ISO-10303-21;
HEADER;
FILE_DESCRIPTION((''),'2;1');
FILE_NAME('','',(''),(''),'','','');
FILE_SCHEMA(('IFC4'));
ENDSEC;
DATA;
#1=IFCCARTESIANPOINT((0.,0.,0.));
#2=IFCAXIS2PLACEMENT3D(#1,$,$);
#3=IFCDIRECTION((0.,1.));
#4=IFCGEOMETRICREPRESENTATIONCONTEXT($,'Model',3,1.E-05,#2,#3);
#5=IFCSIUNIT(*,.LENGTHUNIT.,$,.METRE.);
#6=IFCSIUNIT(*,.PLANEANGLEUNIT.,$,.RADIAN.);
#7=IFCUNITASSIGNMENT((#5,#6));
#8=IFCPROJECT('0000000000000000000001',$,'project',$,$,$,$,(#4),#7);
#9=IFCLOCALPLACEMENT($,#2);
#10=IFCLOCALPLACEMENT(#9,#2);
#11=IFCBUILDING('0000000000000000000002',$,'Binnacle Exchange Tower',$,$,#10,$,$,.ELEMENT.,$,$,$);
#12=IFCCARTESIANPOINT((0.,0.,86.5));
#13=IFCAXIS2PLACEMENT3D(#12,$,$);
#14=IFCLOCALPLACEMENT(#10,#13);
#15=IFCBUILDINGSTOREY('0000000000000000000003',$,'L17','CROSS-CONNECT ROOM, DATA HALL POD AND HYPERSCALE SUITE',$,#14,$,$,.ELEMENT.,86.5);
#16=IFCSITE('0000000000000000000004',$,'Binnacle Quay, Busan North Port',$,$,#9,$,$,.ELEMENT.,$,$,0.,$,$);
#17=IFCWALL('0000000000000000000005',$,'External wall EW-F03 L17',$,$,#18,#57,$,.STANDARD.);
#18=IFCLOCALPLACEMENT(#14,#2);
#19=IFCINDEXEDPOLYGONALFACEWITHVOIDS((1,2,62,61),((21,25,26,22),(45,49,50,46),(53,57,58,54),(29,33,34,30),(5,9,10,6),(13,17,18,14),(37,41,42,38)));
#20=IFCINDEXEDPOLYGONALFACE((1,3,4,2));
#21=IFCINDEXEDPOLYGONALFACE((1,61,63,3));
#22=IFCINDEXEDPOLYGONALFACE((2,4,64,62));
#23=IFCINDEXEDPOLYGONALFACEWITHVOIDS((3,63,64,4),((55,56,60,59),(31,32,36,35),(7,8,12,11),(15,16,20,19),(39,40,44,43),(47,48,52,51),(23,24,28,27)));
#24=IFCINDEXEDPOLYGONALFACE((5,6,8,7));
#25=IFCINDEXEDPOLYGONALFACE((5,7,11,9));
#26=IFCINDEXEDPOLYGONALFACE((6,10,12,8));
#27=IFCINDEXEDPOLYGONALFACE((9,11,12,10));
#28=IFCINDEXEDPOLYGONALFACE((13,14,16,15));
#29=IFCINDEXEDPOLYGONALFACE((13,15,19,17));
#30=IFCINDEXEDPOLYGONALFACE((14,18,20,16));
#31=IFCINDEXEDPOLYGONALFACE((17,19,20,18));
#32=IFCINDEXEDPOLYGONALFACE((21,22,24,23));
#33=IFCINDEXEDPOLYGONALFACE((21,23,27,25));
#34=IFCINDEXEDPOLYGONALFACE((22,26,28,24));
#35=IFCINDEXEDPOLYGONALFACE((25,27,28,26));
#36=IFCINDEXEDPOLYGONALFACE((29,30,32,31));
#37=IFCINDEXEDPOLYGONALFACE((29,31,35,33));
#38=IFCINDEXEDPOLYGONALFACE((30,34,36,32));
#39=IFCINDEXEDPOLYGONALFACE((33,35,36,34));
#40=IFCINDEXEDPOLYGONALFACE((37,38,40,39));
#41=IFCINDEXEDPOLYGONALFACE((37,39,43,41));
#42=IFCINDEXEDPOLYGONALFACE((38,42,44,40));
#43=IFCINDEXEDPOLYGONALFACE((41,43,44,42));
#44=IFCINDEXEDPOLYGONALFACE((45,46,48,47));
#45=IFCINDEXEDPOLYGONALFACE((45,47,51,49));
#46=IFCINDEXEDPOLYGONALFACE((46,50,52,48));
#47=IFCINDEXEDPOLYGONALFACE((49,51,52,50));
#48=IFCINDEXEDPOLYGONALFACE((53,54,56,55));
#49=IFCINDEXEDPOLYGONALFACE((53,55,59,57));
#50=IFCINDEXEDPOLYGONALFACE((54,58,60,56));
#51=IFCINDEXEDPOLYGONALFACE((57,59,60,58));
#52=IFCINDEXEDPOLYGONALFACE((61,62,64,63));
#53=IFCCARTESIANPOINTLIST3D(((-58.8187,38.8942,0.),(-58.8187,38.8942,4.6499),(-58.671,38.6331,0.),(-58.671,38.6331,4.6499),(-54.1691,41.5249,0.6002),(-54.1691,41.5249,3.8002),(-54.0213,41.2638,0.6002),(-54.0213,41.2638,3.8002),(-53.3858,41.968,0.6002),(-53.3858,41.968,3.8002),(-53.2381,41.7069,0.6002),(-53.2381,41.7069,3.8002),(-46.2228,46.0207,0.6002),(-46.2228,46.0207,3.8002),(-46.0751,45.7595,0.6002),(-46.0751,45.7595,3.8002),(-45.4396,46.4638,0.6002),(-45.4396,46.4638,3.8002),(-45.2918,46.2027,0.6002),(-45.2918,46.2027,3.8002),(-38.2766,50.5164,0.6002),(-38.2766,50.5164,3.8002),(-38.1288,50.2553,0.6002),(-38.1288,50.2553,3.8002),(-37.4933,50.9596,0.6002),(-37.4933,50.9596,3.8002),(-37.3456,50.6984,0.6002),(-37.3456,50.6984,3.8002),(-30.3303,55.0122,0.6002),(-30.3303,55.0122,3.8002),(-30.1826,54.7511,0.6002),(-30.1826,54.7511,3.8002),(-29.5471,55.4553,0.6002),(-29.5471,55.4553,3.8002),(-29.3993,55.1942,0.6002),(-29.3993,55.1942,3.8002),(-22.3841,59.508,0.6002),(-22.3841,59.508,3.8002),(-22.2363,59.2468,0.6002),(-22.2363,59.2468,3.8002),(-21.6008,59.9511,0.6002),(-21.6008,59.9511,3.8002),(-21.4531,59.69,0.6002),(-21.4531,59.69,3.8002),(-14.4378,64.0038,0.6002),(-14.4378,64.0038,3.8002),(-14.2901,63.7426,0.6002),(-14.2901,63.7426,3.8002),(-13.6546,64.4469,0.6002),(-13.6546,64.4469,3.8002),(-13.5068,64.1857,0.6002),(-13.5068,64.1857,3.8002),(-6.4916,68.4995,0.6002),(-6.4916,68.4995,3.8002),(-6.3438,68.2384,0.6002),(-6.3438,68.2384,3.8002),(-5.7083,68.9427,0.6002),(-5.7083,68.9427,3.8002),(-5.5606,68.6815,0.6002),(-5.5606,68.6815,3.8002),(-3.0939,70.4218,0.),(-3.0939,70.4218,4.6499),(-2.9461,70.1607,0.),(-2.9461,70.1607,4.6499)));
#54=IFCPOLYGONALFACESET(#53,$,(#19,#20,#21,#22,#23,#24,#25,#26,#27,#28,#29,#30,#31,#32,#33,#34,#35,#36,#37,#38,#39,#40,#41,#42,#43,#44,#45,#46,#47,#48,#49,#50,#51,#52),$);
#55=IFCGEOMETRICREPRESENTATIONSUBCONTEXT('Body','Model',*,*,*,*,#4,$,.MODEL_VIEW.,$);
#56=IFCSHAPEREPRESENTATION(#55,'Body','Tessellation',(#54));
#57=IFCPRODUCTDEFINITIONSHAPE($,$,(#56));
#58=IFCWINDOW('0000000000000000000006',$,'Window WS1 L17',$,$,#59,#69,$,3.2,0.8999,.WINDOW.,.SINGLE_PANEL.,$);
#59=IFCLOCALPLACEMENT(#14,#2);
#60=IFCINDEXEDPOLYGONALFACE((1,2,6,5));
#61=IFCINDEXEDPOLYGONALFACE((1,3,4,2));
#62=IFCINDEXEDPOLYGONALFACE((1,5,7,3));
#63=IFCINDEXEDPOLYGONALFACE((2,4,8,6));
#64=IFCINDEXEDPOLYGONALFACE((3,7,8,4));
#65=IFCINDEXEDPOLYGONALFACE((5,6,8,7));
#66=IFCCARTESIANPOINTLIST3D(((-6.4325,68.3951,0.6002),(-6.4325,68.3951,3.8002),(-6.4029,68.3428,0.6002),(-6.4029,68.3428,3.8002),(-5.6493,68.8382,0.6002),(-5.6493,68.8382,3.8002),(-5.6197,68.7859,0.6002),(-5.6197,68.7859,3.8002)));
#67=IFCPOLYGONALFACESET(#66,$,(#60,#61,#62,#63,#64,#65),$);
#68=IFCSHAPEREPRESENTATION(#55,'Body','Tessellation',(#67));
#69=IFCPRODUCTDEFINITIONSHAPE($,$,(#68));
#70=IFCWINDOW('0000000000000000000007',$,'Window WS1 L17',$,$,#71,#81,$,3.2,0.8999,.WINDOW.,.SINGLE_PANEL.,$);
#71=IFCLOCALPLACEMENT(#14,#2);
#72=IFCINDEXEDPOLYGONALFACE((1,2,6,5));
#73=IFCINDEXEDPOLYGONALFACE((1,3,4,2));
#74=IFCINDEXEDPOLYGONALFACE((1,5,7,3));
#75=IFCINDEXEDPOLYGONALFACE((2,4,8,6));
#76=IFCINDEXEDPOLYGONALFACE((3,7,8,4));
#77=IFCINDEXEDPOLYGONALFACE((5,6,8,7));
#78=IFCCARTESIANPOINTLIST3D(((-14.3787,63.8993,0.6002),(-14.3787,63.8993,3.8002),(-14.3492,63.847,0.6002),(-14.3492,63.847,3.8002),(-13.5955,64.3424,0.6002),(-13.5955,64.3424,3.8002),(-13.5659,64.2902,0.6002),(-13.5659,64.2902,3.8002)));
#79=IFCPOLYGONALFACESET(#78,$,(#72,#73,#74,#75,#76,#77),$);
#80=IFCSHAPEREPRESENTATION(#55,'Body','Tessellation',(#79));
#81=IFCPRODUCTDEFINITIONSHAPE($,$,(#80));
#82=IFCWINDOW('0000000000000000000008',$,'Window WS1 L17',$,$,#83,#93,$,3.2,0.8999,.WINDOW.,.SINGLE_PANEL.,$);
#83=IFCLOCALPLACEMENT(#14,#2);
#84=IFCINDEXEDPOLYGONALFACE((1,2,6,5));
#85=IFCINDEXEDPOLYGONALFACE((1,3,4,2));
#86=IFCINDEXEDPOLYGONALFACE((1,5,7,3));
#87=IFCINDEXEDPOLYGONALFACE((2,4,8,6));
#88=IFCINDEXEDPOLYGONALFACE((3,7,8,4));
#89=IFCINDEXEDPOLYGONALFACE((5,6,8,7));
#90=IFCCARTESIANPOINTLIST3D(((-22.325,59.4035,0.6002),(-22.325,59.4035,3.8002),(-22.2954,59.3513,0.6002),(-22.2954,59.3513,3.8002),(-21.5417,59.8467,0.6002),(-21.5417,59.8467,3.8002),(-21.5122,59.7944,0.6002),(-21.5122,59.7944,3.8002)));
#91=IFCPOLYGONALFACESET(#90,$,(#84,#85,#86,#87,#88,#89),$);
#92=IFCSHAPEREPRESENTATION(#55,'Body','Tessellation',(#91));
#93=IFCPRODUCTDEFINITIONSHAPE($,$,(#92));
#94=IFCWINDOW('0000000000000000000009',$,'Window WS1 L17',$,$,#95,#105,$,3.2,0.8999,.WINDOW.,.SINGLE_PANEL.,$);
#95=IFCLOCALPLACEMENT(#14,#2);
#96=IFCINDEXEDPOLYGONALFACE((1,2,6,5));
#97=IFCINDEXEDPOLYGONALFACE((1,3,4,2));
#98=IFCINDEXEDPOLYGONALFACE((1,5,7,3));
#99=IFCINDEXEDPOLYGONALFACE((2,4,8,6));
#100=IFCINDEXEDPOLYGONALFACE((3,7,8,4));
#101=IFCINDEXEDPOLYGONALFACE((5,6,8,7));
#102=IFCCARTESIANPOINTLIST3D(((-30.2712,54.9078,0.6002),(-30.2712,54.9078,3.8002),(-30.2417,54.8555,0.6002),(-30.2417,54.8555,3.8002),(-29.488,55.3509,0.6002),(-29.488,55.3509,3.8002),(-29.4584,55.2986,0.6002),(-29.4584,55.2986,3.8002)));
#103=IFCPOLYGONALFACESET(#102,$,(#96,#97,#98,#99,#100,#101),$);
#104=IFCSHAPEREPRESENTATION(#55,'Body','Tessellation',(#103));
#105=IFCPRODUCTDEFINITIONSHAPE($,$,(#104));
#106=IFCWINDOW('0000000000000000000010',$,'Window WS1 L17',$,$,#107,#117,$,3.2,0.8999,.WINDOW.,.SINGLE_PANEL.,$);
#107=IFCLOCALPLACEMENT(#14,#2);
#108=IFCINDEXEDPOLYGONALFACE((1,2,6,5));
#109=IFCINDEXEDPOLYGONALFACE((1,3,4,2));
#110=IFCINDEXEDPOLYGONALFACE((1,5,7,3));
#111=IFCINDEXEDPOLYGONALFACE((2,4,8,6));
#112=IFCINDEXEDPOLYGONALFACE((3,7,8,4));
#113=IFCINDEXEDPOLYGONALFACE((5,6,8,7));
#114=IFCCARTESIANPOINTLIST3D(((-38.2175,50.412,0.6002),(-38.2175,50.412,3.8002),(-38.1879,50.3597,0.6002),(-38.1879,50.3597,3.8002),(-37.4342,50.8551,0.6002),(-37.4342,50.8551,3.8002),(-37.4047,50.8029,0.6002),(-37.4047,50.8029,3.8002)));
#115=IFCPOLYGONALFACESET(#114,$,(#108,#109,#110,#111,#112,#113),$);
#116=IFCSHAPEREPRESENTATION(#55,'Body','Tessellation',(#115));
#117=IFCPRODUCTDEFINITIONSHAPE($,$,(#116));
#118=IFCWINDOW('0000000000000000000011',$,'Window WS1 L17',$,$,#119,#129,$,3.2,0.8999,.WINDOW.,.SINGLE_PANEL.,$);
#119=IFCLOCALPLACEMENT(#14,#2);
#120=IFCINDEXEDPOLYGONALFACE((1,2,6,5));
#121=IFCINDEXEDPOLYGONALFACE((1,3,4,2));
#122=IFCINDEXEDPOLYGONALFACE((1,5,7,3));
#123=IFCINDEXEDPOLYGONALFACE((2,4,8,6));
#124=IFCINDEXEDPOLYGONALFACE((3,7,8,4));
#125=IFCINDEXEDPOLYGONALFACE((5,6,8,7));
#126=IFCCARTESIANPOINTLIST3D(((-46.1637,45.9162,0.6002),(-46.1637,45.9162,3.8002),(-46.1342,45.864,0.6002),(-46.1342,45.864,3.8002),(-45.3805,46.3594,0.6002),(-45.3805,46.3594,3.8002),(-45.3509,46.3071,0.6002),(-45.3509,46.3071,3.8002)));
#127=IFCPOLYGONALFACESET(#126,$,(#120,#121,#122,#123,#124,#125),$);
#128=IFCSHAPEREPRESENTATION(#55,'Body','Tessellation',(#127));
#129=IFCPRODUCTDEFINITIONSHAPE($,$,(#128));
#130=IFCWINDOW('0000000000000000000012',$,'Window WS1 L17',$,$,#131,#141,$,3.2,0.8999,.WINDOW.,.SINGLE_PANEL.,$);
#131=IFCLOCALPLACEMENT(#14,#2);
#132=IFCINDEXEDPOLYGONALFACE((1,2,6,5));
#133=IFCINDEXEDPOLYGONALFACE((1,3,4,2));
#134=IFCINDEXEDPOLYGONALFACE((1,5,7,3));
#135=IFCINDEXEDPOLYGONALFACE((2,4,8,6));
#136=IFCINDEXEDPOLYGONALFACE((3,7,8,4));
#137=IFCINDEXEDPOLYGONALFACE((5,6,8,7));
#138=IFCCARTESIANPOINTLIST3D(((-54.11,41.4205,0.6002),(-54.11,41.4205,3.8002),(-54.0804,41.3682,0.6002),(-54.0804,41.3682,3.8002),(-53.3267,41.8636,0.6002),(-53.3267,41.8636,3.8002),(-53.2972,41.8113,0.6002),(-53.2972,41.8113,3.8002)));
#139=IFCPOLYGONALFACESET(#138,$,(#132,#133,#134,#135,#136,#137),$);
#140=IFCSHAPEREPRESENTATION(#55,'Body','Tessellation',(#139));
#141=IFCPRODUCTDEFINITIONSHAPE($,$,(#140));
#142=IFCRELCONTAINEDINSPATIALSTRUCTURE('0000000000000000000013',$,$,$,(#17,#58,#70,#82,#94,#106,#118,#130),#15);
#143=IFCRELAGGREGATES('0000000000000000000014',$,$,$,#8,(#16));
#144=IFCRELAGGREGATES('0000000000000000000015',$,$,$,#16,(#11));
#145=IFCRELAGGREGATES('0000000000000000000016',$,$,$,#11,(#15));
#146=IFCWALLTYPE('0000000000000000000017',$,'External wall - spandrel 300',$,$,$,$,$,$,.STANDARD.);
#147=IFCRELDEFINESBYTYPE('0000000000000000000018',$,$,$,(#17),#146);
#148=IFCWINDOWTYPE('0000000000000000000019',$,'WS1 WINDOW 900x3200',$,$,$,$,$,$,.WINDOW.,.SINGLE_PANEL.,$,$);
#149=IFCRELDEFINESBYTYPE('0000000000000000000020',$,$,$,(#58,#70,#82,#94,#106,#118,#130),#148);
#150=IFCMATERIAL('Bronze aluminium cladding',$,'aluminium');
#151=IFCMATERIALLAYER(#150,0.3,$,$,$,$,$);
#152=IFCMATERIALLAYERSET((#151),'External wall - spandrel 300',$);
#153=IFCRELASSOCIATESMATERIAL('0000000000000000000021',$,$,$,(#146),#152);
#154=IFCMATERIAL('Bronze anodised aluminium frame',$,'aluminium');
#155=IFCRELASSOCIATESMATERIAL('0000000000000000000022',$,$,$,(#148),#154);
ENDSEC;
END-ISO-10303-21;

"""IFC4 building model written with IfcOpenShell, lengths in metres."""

from ifc_helpers import new_model, si_unit, direction, frame, frame_2d, origin, place, context, subcontext, project, spatial, rectangle, extrude, material, layer, layer_set, type_object, element, fill, save


model = new_model("IFC4")

# Units and contexts
model_context = context("Model", 3, precision=1e-05, world=origin(), true_north=direction((0.0, 1.0)))
body_context = subcontext(model_context, "Body", "Model", "MODEL_VIEW")
ifc_project = project(units=[si_unit("LENGTHUNIT", "METRE"), si_unit("PLANEANGLEUNIT", "RADIAN")], contexts=[model_context])

# Site, building, storey
site_placement = place(None, origin())
site = spatial("IfcSite", under=ifc_project, at=site_placement, Name="Binnacle Quay, Busan North Port", CompositionType="ELEMENT", RefElevation=0.0)
building_placement = place(site_placement, origin())
building = spatial("IfcBuilding", under=site, at=building_placement, Name="Binnacle Exchange Tower", CompositionType="ELEMENT")
storey_placement = place(building_placement, frame((0.0, 0.0, 86.5)))
storey = spatial("IfcBuildingStorey", under=building, at=storey_placement, Name="L17", Description="CROSS-CONNECT ROOM, DATA HALL POD AND HYPERSCALE SUITE", CompositionType="ELEMENT", Elevation=86.5)

# Wall, openings, windows
ifc_material_1 = material(Name="Bronze aluminium cladding", Category="aluminium")
ifc_layer_1 = layer(ifc_material_1, 0.3)
ifc_layer_set_1 = layer_set([ifc_layer_1], Name="External wall - spandrel 300")
wall_type_1 = type_object("IfcWallType", Name="External wall - spandrel 300", PredefinedType="STANDARD", material=ifc_layer_set_1)
wall_1_placement = place(storey_placement, frame((-58.7449, 38.7637, 0.0), z_axis=(0.0, 0.0, 1.0), x_axis=(0.870356, 0.492423, 0.0)))
wall_1 = element("IfcWall", 1, at=wall_1_placement, inside=storey, type_object=wall_type_1, Name="External wall EW-F03 L17", PredefinedType="STANDARD", context=body_context, shape_type="SweptSolid", body=[
    extrude(rectangle(XDim=64.0254, YDim=0.3, at=frame_2d((32.0127, 0.0))), origin(), (0.0, 0.0, 1.0), 4.6499),
])
opening_1_placement = place(wall_1_placement, frame((60.1216, 0.0, 0.6001)))
opening_1 = element("IfcOpeningElement", 2, at=opening_1_placement, cuts=wall_1, PredefinedType="OPENING", context=body_context, shape_type="SweptSolid", body=[
    extrude(rectangle(XDim=0.8999, YDim=3.2, at=frame_2d((0.45, 1.6001))), frame((0.0, 0.1599, 0.0), z_axis=(0.0, -1.0, 0.0), x_axis=(1.0, 0.0, 0.0)), (0.0, 0.0, 1.0), 0.3201),
])
opening_2_placement = place(wall_1_placement, frame((50.9917, 0.0, 0.6001)))
opening_2 = element("IfcOpeningElement", 3, at=opening_2_placement, cuts=wall_1, PredefinedType="OPENING", context=body_context, shape_type="SweptSolid", body=[
    extrude(rectangle(XDim=0.8999, YDim=3.2, at=frame_2d((0.45, 1.6001))), frame((0.0, 0.1599, 0.0), z_axis=(0.0, -1.0, 0.0), x_axis=(1.0, 0.0, 0.0)), (0.0, 0.0, 1.0), 0.3201),
])
opening_3_placement = place(wall_1_placement, frame((41.8618, 0.0, 0.6001)))
opening_3 = element("IfcOpeningElement", 4, at=opening_3_placement, cuts=wall_1, PredefinedType="OPENING", context=body_context, shape_type="SweptSolid", body=[
    extrude(rectangle(XDim=0.8999, YDim=3.2, at=frame_2d((0.45, 1.6001))), frame((0.0, 0.1599, 0.0), z_axis=(0.0, -1.0, 0.0), x_axis=(1.0, 0.0, 0.0)), (0.0, 0.0, 1.0), 0.3201),
])
opening_4_placement = place(wall_1_placement, frame((32.7319, 0.0, 0.6001)))
opening_4 = element("IfcOpeningElement", 5, at=opening_4_placement, cuts=wall_1, PredefinedType="OPENING", context=body_context, shape_type="SweptSolid", body=[
    extrude(rectangle(XDim=0.8999, YDim=3.2, at=frame_2d((0.45, 1.6001))), frame((0.0, 0.1599, 0.0), z_axis=(0.0, -1.0, 0.0), x_axis=(1.0, 0.0, 0.0)), (0.0, 0.0, 1.0), 0.3201),
])
opening_5_placement = place(wall_1_placement, frame((23.6021, 0.0, 0.6001)))
opening_5 = element("IfcOpeningElement", 6, at=opening_5_placement, cuts=wall_1, PredefinedType="OPENING", context=body_context, shape_type="SweptSolid", body=[
    extrude(rectangle(XDim=0.8999, YDim=3.2, at=frame_2d((0.45, 1.6001))), frame((0.0, 0.1599, 0.0), z_axis=(0.0, -1.0, 0.0), x_axis=(1.0, 0.0, 0.0)), (0.0, 0.0, 1.0), 0.3201),
])
opening_6_placement = place(wall_1_placement, frame((14.4722, 0.0, 0.6001)))
opening_6 = element("IfcOpeningElement", 7, at=opening_6_placement, cuts=wall_1, PredefinedType="OPENING", context=body_context, shape_type="SweptSolid", body=[
    extrude(rectangle(XDim=0.8999, YDim=3.2, at=frame_2d((0.45, 1.6001))), frame((0.0, 0.1599, 0.0), z_axis=(0.0, -1.0, 0.0), x_axis=(1.0, 0.0, 0.0)), (0.0, 0.0, 1.0), 0.3201),
])
opening_7_placement = place(wall_1_placement, frame((5.3423, 0.0, 0.6001)))
opening_7 = element("IfcOpeningElement", 8, at=opening_7_placement, cuts=wall_1, PredefinedType="OPENING", context=body_context, shape_type="SweptSolid", body=[
    extrude(rectangle(XDim=0.8999, YDim=3.2, at=frame_2d((0.45, 1.6001))), frame((0.0, 0.1599, 0.0), z_axis=(0.0, -1.0, 0.0), x_axis=(1.0, 0.0, 0.0)), (0.0, 0.0, 1.0), 0.3201),
])
ifc_material_2 = material(Name="Bronze anodised aluminium frame", Category="aluminium")
window_type = type_object("IfcWindowType", Name="WS1 WINDOW 900x3200", PartitioningType="SINGLE_PANEL", PredefinedType="WINDOW", material=ifc_material_2)
window_1_placement = place(opening_1_placement, origin())
window_1 = element("IfcWindow", 9, at=window_1_placement, inside=storey, type_object=window_type, Name="Window WS1 L17", OverallHeight=3.2, OverallWidth=0.8999, PartitioningType="SINGLE_PANEL", PredefinedType="WINDOW", context=body_context, shape_type="SweptSolid", body=[
    extrude(rectangle(XDim=0.8999, YDim=3.2, at=frame_2d((0.45, 1.6001))), frame((0.0, 0.03, 0.0), z_axis=(0.0, -1.0, 0.0), x_axis=(1.0, 0.0, 0.0)), (0.0, 0.0, 1.0), 0.0601),
])
fill(opening_1, window_1)
window_2_placement = place(opening_2_placement, origin())
window_2 = element("IfcWindow", 10, at=window_2_placement, inside=storey, type_object=window_type, Name="Window WS1 L17", OverallHeight=3.2, OverallWidth=0.8999, PartitioningType="SINGLE_PANEL", PredefinedType="WINDOW", context=body_context, shape_type="SweptSolid", body=[
    extrude(rectangle(XDim=0.8999, YDim=3.2, at=frame_2d((0.45, 1.6001))), frame((0.0, 0.03, 0.0), z_axis=(0.0, -1.0, 0.0), x_axis=(1.0, 0.0, 0.0)), (0.0, 0.0, 1.0), 0.0601),
])
fill(opening_2, window_2)
window_3_placement = place(opening_3_placement, origin())
window_3 = element("IfcWindow", 11, at=window_3_placement, inside=storey, type_object=window_type, Name="Window WS1 L17", OverallHeight=3.2, OverallWidth=0.8999, PartitioningType="SINGLE_PANEL", PredefinedType="WINDOW", context=body_context, shape_type="SweptSolid", body=[
    extrude(rectangle(XDim=0.8999, YDim=3.2, at=frame_2d((0.45, 1.6001))), frame((0.0, 0.03, 0.0), z_axis=(0.0, -1.0, 0.0), x_axis=(1.0, 0.0, 0.0)), (0.0, 0.0, 1.0), 0.0601),
])
fill(opening_3, window_3)
window_4_placement = place(opening_4_placement, origin())
window_4 = element("IfcWindow", 12, at=window_4_placement, inside=storey, type_object=window_type, Name="Window WS1 L17", OverallHeight=3.2, OverallWidth=0.8999, PartitioningType="SINGLE_PANEL", PredefinedType="WINDOW", context=body_context, shape_type="SweptSolid", body=[
    extrude(rectangle(XDim=0.8999, YDim=3.2, at=frame_2d((0.45, 1.6001))), frame((0.0, 0.03, 0.0), z_axis=(0.0, -1.0, 0.0), x_axis=(1.0, 0.0, 0.0)), (0.0, 0.0, 1.0), 0.0601),
])
fill(opening_4, window_4)
window_5_placement = place(opening_5_placement, origin())
window_5 = element("IfcWindow", 13, at=window_5_placement, inside=storey, type_object=window_type, Name="Window WS1 L17", OverallHeight=3.2, OverallWidth=0.8999, PartitioningType="SINGLE_PANEL", PredefinedType="WINDOW", context=body_context, shape_type="SweptSolid", body=[
    extrude(rectangle(XDim=0.8999, YDim=3.2, at=frame_2d((0.45, 1.6001))), frame((0.0, 0.03, 0.0), z_axis=(0.0, -1.0, 0.0), x_axis=(1.0, 0.0, 0.0)), (0.0, 0.0, 1.0), 0.0601),
])
fill(opening_5, window_5)
window_6_placement = place(opening_6_placement, origin())
window_6 = element("IfcWindow", 14, at=window_6_placement, inside=storey, type_object=window_type, Name="Window WS1 L17", OverallHeight=3.2, OverallWidth=0.8999, PartitioningType="SINGLE_PANEL", PredefinedType="WINDOW", context=body_context, shape_type="SweptSolid", body=[
    extrude(rectangle(XDim=0.8999, YDim=3.2, at=frame_2d((0.45, 1.6001))), frame((0.0, 0.03, 0.0), z_axis=(0.0, -1.0, 0.0), x_axis=(1.0, 0.0, 0.0)), (0.0, 0.0, 1.0), 0.0601),
])
fill(opening_6, window_6)
window_7_placement = place(opening_7_placement, origin())
window_7 = element("IfcWindow", 15, at=window_7_placement, inside=storey, type_object=window_type, Name="Window WS1 L17", OverallHeight=3.2, OverallWidth=0.8999, PartitioningType="SINGLE_PANEL", PredefinedType="WINDOW", context=body_context, shape_type="SweptSolid", body=[
    extrude(rectangle(XDim=0.8999, YDim=3.2, at=frame_2d((0.45, 1.6001))), frame((0.0, 0.03, 0.0), z_axis=(0.0, -1.0, 0.0), x_axis=(1.0, 0.0, 0.0)), (0.0, 0.0, 1.0), 0.0601),
])
fill(opening_7, window_7)

save(model, "model.ifc")
